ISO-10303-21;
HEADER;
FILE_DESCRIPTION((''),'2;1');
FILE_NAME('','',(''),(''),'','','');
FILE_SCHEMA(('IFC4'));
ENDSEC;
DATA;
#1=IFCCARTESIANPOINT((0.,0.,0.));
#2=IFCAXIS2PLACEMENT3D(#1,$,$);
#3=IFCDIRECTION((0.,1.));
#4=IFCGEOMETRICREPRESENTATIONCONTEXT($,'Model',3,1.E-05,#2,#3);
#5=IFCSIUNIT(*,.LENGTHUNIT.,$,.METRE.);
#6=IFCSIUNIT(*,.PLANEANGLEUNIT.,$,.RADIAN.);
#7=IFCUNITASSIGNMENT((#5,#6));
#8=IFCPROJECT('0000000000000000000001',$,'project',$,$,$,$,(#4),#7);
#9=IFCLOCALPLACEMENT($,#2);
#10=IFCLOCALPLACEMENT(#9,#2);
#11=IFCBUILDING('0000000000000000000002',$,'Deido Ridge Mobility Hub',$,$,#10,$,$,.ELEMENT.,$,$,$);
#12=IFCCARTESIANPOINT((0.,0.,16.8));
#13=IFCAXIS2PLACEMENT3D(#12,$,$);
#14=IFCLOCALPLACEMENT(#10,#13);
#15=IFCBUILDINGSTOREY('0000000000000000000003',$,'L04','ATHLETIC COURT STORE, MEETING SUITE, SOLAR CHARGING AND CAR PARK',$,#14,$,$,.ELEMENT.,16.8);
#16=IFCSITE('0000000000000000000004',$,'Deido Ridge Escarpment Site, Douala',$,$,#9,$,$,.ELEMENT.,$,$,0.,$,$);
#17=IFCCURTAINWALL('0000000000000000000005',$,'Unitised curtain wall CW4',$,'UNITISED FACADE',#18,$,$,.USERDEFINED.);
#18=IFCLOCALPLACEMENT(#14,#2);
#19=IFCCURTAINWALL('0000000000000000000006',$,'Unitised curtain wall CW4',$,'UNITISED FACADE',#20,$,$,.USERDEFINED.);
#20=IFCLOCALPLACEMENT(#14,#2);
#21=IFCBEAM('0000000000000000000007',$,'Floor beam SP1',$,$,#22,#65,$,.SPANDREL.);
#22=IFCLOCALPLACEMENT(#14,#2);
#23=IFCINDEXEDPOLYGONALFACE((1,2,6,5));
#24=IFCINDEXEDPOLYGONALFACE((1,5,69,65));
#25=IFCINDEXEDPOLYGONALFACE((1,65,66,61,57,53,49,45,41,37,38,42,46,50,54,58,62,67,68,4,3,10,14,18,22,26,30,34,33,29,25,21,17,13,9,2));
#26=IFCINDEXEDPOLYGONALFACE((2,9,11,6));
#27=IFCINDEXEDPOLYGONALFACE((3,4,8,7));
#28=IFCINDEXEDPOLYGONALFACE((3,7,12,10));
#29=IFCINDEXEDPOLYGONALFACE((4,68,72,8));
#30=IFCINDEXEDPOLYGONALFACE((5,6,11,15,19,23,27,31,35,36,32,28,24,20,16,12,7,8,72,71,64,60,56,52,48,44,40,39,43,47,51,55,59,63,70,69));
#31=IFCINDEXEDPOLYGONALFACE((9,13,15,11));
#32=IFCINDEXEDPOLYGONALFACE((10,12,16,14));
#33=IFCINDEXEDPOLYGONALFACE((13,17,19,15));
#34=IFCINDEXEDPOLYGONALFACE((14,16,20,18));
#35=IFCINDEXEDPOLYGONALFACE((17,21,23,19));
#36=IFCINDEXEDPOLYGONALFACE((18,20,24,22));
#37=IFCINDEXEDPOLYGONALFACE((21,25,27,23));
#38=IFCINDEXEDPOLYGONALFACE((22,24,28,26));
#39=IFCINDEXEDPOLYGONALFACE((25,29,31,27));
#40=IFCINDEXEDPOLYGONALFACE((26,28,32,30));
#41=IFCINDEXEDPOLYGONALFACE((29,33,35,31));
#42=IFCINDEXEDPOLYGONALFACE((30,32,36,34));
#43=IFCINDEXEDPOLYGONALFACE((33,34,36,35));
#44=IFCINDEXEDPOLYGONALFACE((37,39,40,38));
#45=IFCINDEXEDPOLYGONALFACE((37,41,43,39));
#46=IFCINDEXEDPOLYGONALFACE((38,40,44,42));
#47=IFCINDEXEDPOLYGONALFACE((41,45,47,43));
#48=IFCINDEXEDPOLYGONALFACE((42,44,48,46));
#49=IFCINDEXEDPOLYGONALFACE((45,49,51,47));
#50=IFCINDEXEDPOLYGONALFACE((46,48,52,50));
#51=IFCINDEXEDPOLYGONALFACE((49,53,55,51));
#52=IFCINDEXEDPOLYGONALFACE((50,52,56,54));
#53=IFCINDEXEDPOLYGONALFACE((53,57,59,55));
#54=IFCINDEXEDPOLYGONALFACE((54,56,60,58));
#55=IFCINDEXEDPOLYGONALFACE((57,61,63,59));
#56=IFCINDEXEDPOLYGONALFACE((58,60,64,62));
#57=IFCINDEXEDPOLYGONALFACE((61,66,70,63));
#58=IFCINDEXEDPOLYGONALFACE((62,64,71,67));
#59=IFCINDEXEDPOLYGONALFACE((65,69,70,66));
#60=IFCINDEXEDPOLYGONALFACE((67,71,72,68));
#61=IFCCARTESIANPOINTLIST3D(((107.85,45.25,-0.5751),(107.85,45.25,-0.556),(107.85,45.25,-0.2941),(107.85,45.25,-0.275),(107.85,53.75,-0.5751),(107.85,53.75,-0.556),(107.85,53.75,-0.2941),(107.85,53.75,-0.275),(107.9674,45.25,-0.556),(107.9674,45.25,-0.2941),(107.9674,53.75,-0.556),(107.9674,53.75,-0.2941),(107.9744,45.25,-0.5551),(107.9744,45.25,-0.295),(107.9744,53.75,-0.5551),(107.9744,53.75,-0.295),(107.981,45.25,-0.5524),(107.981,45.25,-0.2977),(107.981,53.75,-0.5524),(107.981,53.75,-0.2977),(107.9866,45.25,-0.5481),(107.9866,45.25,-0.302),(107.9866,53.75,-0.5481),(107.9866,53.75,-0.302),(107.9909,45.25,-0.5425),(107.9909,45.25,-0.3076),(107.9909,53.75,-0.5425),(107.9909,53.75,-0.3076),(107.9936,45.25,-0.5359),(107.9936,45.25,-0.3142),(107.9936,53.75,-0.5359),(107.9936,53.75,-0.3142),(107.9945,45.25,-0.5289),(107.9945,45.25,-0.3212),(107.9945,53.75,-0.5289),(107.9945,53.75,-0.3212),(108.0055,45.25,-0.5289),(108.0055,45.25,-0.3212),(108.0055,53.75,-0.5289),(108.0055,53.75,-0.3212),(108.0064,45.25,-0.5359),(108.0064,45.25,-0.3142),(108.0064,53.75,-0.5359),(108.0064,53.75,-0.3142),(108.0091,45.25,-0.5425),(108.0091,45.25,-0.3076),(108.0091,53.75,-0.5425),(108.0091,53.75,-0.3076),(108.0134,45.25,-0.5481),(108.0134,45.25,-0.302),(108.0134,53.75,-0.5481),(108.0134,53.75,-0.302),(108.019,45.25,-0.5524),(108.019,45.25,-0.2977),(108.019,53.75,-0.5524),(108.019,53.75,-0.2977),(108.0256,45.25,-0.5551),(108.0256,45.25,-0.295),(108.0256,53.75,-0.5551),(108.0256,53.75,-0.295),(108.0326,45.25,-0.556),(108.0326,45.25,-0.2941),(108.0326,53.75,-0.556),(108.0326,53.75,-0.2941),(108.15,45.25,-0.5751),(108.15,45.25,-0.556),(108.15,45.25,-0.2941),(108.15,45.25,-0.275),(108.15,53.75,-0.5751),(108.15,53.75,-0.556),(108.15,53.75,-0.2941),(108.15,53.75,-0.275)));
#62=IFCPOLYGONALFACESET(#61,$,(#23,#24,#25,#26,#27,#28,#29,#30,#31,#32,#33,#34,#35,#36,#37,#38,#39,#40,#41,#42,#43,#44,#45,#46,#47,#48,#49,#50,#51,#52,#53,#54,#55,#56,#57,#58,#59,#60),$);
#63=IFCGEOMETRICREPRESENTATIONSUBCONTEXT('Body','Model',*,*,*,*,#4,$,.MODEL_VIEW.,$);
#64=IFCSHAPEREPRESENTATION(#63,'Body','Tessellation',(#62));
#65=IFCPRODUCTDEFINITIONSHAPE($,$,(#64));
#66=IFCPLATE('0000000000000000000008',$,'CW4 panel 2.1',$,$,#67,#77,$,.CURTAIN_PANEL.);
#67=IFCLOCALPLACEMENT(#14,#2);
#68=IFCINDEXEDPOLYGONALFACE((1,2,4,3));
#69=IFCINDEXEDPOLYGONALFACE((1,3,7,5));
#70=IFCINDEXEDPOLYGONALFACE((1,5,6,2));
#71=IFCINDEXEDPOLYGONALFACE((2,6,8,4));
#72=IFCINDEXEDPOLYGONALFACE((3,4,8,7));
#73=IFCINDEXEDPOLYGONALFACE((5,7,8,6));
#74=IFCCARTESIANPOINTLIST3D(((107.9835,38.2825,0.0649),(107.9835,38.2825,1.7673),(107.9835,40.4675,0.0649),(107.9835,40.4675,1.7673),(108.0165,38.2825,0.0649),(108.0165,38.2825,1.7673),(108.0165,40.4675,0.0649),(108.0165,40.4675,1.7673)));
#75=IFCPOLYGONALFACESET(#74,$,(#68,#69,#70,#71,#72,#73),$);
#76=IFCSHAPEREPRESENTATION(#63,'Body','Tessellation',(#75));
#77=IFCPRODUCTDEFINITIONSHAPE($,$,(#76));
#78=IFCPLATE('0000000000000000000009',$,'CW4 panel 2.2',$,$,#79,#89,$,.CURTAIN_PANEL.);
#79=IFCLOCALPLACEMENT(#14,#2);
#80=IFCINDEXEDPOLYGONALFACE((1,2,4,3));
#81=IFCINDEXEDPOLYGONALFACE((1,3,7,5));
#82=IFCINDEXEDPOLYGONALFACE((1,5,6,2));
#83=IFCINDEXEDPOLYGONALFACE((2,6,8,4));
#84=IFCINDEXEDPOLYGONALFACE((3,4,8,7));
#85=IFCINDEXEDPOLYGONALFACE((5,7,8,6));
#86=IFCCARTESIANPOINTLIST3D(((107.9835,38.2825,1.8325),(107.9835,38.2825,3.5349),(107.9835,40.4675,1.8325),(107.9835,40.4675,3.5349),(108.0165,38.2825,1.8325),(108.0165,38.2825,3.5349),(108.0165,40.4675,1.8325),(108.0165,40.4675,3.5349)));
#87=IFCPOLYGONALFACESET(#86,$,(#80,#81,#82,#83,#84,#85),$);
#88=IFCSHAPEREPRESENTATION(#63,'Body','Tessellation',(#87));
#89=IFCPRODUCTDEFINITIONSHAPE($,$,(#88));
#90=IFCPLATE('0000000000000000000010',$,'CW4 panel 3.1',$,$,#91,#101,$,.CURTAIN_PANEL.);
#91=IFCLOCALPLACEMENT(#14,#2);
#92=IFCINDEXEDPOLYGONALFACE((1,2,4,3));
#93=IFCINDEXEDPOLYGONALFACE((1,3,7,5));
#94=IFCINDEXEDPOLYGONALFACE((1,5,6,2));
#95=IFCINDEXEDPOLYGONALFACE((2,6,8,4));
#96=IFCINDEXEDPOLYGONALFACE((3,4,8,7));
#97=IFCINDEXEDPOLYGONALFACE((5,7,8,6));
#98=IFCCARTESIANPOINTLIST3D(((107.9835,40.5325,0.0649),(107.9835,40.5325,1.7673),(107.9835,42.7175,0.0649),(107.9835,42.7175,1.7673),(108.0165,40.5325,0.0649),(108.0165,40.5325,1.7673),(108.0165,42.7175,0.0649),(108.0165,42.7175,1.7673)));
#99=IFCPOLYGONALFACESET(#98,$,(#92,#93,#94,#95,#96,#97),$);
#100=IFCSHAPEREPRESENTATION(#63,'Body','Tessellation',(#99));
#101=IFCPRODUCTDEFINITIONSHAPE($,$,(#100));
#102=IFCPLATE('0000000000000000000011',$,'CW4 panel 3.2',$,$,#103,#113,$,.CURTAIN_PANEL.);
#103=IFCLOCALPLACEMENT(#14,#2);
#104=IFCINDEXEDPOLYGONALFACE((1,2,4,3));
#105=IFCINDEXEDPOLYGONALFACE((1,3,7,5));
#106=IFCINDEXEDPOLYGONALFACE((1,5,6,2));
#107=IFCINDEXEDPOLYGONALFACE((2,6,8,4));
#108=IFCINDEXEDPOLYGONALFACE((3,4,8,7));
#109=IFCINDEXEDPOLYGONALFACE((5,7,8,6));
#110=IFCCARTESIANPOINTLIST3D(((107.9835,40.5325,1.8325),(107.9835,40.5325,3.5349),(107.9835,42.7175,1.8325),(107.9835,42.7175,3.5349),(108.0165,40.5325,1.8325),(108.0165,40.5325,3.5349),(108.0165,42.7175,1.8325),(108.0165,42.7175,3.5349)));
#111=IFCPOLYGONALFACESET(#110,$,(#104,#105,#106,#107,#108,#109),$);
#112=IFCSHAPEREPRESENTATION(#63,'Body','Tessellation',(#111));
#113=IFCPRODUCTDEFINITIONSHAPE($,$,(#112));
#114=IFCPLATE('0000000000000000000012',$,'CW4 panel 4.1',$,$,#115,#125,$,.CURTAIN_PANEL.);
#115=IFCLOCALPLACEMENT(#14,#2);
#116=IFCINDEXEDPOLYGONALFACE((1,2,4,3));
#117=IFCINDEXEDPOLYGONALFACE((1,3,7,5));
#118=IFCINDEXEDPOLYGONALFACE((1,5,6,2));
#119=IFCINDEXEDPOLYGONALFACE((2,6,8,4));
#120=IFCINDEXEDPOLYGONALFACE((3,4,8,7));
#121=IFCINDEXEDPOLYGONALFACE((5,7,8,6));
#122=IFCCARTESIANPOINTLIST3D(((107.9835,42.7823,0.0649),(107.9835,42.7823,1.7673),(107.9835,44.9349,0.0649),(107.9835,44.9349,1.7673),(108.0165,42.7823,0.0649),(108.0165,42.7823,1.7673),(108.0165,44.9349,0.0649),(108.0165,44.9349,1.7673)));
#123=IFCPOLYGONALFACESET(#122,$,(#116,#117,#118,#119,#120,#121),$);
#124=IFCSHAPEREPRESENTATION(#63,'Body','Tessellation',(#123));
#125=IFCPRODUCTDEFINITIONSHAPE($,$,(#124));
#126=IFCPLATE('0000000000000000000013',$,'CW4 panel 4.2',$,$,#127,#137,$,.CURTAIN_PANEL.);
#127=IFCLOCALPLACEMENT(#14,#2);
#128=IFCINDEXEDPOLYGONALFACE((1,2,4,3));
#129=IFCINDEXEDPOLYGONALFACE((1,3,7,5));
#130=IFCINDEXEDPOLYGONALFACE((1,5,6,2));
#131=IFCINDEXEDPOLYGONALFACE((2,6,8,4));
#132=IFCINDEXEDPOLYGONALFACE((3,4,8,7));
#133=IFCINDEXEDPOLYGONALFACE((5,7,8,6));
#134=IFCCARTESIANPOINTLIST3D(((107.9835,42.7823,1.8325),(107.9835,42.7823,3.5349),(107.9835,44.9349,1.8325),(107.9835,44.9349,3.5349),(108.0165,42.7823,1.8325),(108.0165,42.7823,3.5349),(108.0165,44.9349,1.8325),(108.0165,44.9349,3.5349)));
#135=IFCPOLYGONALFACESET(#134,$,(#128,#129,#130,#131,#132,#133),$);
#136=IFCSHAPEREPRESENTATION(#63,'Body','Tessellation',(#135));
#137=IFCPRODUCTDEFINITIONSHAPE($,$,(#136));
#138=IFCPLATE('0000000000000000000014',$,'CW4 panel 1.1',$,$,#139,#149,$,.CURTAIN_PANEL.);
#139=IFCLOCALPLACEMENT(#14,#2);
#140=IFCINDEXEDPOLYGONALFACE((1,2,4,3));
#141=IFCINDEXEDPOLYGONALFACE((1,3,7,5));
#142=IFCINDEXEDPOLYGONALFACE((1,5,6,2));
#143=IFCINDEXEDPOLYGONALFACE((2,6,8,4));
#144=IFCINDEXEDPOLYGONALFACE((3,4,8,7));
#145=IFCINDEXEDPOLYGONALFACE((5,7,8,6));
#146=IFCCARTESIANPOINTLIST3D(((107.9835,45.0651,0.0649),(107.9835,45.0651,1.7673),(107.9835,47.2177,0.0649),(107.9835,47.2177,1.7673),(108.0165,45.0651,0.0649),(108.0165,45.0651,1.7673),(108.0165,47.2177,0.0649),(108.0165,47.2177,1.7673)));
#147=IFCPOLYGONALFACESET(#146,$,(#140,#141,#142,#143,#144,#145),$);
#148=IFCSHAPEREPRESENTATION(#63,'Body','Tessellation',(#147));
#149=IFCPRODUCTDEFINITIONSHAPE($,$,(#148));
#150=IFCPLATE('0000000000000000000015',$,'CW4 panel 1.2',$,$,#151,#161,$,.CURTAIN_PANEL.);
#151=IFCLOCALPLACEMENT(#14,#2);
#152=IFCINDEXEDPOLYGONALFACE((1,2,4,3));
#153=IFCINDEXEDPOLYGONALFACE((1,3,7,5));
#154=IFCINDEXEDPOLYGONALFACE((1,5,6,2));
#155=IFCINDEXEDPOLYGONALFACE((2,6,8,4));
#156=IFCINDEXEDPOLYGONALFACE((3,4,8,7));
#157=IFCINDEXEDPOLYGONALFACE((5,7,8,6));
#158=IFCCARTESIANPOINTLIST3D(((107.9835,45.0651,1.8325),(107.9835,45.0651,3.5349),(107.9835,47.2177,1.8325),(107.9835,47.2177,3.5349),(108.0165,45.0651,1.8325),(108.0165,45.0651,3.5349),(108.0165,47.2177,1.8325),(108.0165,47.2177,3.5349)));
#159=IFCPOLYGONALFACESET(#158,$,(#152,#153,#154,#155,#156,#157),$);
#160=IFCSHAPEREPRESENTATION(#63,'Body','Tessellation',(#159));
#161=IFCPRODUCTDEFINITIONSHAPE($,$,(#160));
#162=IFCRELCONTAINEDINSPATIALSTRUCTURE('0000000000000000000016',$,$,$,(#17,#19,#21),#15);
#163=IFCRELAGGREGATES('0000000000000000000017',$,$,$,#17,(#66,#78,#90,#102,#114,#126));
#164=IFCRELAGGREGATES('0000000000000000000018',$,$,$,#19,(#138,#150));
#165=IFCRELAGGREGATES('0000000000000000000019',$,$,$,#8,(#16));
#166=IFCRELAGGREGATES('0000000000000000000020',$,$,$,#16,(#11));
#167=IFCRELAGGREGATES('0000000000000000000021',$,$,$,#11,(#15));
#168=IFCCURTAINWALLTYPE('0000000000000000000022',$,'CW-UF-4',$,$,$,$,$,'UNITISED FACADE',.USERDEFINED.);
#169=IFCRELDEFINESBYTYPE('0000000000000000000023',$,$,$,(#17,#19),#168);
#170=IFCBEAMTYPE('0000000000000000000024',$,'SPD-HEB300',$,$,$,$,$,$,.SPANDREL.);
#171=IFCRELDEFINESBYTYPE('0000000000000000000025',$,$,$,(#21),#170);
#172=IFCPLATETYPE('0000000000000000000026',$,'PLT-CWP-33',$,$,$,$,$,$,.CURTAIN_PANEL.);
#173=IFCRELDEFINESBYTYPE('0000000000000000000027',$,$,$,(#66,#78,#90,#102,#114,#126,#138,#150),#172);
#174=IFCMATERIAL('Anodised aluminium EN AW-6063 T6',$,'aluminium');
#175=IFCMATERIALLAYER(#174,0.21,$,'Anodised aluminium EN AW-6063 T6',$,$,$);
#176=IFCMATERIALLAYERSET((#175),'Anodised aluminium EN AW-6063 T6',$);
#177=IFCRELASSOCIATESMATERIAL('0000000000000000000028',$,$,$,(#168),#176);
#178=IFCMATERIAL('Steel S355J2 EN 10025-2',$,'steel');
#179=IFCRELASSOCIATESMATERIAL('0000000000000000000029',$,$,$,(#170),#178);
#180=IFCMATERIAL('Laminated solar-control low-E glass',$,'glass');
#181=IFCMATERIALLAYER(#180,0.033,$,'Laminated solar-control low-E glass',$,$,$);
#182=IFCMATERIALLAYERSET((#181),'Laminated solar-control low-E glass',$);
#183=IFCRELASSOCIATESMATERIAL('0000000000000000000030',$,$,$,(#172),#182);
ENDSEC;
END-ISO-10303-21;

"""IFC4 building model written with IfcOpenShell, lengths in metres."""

from ifc_helpers import new_model, si_unit, direction, frame, origin, origin_2d, place, context, subcontext, project, spatial, rectangle, i_section, extrude, material, layer, layer_set, material_profile, profile_set, type_object, element, aggregate, save


model = new_model("IFC4")

# Units and contexts
model_context = context("Model", 3, precision=1e-05, world=origin(), true_north=direction((0.0, 1.0)))
body_context = subcontext(model_context, "Body", "Model", "MODEL_VIEW")
ifc_project = project(units=[si_unit("LENGTHUNIT", "METRE"), si_unit("PLANEANGLEUNIT", "RADIAN")], contexts=[model_context])

# Site, building, storey
site_placement = place(None, origin())
site = spatial("IfcSite", under=ifc_project, at=site_placement, Name="Deido Ridge Escarpment Site, Douala", CompositionType="ELEMENT", RefElevation=0.0)
building_placement = place(site_placement, origin())
building = spatial("IfcBuilding", under=site, at=building_placement, Name="Deido Ridge Mobility Hub", CompositionType="ELEMENT")
storey_placement = place(building_placement, frame((0.0, 0.0, 16.8)))
storey = spatial("IfcBuildingStorey", under=building, at=storey_placement, Name="L04", Description="ATHLETIC COURT STORE, MEETING SUITE, SOLAR CHARGING AND CAR PARK", CompositionType="ELEMENT", Elevation=16.8)

# Shared definitions
ifc_material_1 = material(Name="Steel S355J2 EN 10025-2", Category="steel")

# Curtain walls
ifc_material_2 = material(Name="Anodised aluminium EN AW-6063 T6", Category="aluminium")
ifc_layer_1 = layer(ifc_material_2, 0.21, Name="Anodised aluminium EN AW-6063 T6")
ifc_layer_set_1 = layer_set([ifc_layer_1], Name="Anodised aluminium EN AW-6063 T6")
curtain_wall_type = type_object("IfcCurtainWallType", Name="CW-UF-4", ElementType="UNITISED FACADE", PredefinedType="USERDEFINED", material=ifc_layer_set_1)
curtain_wall_1_placement = place(storey_placement, origin())
curtain_wall_1 = element("IfcCurtainWall", 1, at=curtain_wall_1_placement, inside=storey, type_object=curtain_wall_type, Name="Unitised curtain wall CW4", ObjectType="UNITISED FACADE", PredefinedType="USERDEFINED")
curtain_wall_2_placement = place(storey_placement, origin())
curtain_wall_2 = element("IfcCurtainWall", 2, at=curtain_wall_2_placement, inside=storey, type_object=curtain_wall_type, Name="Unitised curtain wall CW4", ObjectType="UNITISED FACADE", PredefinedType="USERDEFINED")

# Beam
ifc_material_profile_1 = material_profile(ifc_material_1, i_section(OverallWidth=0.3, OverallDepth=0.3, WebThickness=0.011, FlangeThickness=0.019, FilletRadius=0.0271, at=origin_2d()), Name="HEB 300")
ifc_profile_set_1 = profile_set([ifc_material_profile_1], Name="Steel S355J2 EN 10025-2")
beam_type_1 = type_object("IfcBeamType", Name="SPD-HEB300", PredefinedType="SPANDREL", material=ifc_profile_set_1)
beam_1_placement = place(storey_placement, frame((108.0, 45.25, -0.425), z_axis=(0.0, 1.0, 0.0), x_axis=(-1.0, 0.0, 0.0)))
element("IfcBeam", 3, at=beam_1_placement, inside=storey, type_object=beam_type_1, Name="Floor beam SP1", PredefinedType="SPANDREL", context=body_context, shape_type="SweptSolid", body=[
    extrude(i_section(OverallWidth=0.3, OverallDepth=0.3, WebThickness=0.011, FlangeThickness=0.019, FilletRadius=0.0271, at=origin_2d()), origin(), (0.0, 0.0, 1.0), 8.5),
])

# Plates
ifc_material_3 = material(Name="Laminated solar-control low-E glass", Category="glass")
ifc_layer_2 = layer(ifc_material_3, 0.033, Name="Laminated solar-control low-E glass")
ifc_layer_set_2 = layer_set([ifc_layer_2], Name="Laminated solar-control low-E glass")
plate_type = type_object("IfcPlateType", Name="PLT-CWP-33", PredefinedType="CURTAIN_PANEL", material=ifc_layer_set_2)
plate_1_placement = place(storey_placement, frame((108.0, 39.375, 0.0649), z_axis=(0.0, 0.0, 1.0), x_axis=(0.0, 1.0, 0.0)))
plate_1 = element("IfcPlate", 4, at=plate_1_placement, type_object=plate_type, Name="CW4 panel 2.1", PredefinedType="CURTAIN_PANEL", context=body_context, shape_type="SweptSolid", body=[
    extrude(rectangle(XDim=2.1851, YDim=0.033, at=origin_2d()), origin(), (0.0, 0.0, 1.0), 1.7024),
])
plate_2_placement = place(storey_placement, frame((108.0, 39.375, 1.8325), z_axis=(0.0, 0.0, 1.0), x_axis=(0.0, 1.0, 0.0)))
plate_2 = element("IfcPlate", 5, at=plate_2_placement, type_object=plate_type, Name="CW4 panel 2.2", PredefinedType="CURTAIN_PANEL", context=body_context, shape_type="SweptSolid", body=[
    extrude(rectangle(XDim=2.1851, YDim=0.033, at=origin_2d()), origin(), (0.0, 0.0, 1.0), 1.7024),
])
plate_3_placement = place(storey_placement, frame((108.0, 41.625, 0.0649), z_axis=(0.0, 0.0, 1.0), x_axis=(0.0, 1.0, 0.0)))
plate_3 = element("IfcPlate", 6, at=plate_3_placement, type_object=plate_type, Name="CW4 panel 3.1", PredefinedType="CURTAIN_PANEL", context=body_context, shape_type="SweptSolid", body=[
    extrude(rectangle(XDim=2.1851, YDim=0.033, at=origin_2d()), origin(), (0.0, 0.0, 1.0), 1.7024),
])
plate_4_placement = place(storey_placement, frame((108.0, 41.625, 1.8325), z_axis=(0.0, 0.0, 1.0), x_axis=(0.0, 1.0, 0.0)))
plate_4 = element("IfcPlate", 7, at=plate_4_placement, type_object=plate_type, Name="CW4 panel 3.2", PredefinedType="CURTAIN_PANEL", context=body_context, shape_type="SweptSolid", body=[
    extrude(rectangle(XDim=2.1851, YDim=0.033, at=origin_2d()), origin(), (0.0, 0.0, 1.0), 1.7024),
])
plate_5_placement = place(storey_placement, frame((108.0, 43.8586, 0.0649), z_axis=(0.0, 0.0, 1.0), x_axis=(0.0, 1.0, 0.0)))
plate_5 = element("IfcPlate", 8, at=plate_5_placement, type_object=plate_type, Name="CW4 panel 4.1", PredefinedType="CURTAIN_PANEL", context=body_context, shape_type="SweptSolid", body=[
    extrude(rectangle(XDim=2.1526, YDim=0.033, at=origin_2d()), origin(), (0.0, 0.0, 1.0), 1.7024),
])
plate_6_placement = place(storey_placement, frame((108.0, 43.8586, 1.8325), z_axis=(0.0, 0.0, 1.0), x_axis=(0.0, 1.0, 0.0)))
plate_6 = element("IfcPlate", 9, at=plate_6_placement, type_object=plate_type, Name="CW4 panel 4.2", PredefinedType="CURTAIN_PANEL", context=body_context, shape_type="SweptSolid", body=[
    extrude(rectangle(XDim=2.1526, YDim=0.033, at=origin_2d()), origin(), (0.0, 0.0, 1.0), 1.7024),
])
aggregate(curtain_wall_1, [plate_1, plate_2, plate_3, plate_4, plate_5, plate_6])
plate_7_placement = place(storey_placement, frame((108.0, 46.1414, 0.0649), z_axis=(0.0, 0.0, 1.0), x_axis=(0.0, 1.0, 0.0)))
plate_7 = element("IfcPlate", 10, at=plate_7_placement, type_object=plate_type, Name="CW4 panel 1.1", PredefinedType="CURTAIN_PANEL", context=body_context, shape_type="SweptSolid", body=[
    extrude(rectangle(XDim=2.1526, YDim=0.033, at=origin_2d()), origin(), (0.0, 0.0, 1.0), 1.7024),
])
plate_8_placement = place(storey_placement, frame((108.0, 46.1414, 1.8325), z_axis=(0.0, 0.0, 1.0), x_axis=(0.0, 1.0, 0.0)))
plate_8 = element("IfcPlate", 11, at=plate_8_placement, type_object=plate_type, Name="CW4 panel 1.2", PredefinedType="CURTAIN_PANEL", context=body_context, shape_type="SweptSolid", body=[
    extrude(rectangle(XDim=2.1526, YDim=0.033, at=origin_2d()), origin(), (0.0, 0.0, 1.0), 1.7024),
])
aggregate(curtain_wall_2, [plate_7, plate_8])

save(model, "model.ifc")
